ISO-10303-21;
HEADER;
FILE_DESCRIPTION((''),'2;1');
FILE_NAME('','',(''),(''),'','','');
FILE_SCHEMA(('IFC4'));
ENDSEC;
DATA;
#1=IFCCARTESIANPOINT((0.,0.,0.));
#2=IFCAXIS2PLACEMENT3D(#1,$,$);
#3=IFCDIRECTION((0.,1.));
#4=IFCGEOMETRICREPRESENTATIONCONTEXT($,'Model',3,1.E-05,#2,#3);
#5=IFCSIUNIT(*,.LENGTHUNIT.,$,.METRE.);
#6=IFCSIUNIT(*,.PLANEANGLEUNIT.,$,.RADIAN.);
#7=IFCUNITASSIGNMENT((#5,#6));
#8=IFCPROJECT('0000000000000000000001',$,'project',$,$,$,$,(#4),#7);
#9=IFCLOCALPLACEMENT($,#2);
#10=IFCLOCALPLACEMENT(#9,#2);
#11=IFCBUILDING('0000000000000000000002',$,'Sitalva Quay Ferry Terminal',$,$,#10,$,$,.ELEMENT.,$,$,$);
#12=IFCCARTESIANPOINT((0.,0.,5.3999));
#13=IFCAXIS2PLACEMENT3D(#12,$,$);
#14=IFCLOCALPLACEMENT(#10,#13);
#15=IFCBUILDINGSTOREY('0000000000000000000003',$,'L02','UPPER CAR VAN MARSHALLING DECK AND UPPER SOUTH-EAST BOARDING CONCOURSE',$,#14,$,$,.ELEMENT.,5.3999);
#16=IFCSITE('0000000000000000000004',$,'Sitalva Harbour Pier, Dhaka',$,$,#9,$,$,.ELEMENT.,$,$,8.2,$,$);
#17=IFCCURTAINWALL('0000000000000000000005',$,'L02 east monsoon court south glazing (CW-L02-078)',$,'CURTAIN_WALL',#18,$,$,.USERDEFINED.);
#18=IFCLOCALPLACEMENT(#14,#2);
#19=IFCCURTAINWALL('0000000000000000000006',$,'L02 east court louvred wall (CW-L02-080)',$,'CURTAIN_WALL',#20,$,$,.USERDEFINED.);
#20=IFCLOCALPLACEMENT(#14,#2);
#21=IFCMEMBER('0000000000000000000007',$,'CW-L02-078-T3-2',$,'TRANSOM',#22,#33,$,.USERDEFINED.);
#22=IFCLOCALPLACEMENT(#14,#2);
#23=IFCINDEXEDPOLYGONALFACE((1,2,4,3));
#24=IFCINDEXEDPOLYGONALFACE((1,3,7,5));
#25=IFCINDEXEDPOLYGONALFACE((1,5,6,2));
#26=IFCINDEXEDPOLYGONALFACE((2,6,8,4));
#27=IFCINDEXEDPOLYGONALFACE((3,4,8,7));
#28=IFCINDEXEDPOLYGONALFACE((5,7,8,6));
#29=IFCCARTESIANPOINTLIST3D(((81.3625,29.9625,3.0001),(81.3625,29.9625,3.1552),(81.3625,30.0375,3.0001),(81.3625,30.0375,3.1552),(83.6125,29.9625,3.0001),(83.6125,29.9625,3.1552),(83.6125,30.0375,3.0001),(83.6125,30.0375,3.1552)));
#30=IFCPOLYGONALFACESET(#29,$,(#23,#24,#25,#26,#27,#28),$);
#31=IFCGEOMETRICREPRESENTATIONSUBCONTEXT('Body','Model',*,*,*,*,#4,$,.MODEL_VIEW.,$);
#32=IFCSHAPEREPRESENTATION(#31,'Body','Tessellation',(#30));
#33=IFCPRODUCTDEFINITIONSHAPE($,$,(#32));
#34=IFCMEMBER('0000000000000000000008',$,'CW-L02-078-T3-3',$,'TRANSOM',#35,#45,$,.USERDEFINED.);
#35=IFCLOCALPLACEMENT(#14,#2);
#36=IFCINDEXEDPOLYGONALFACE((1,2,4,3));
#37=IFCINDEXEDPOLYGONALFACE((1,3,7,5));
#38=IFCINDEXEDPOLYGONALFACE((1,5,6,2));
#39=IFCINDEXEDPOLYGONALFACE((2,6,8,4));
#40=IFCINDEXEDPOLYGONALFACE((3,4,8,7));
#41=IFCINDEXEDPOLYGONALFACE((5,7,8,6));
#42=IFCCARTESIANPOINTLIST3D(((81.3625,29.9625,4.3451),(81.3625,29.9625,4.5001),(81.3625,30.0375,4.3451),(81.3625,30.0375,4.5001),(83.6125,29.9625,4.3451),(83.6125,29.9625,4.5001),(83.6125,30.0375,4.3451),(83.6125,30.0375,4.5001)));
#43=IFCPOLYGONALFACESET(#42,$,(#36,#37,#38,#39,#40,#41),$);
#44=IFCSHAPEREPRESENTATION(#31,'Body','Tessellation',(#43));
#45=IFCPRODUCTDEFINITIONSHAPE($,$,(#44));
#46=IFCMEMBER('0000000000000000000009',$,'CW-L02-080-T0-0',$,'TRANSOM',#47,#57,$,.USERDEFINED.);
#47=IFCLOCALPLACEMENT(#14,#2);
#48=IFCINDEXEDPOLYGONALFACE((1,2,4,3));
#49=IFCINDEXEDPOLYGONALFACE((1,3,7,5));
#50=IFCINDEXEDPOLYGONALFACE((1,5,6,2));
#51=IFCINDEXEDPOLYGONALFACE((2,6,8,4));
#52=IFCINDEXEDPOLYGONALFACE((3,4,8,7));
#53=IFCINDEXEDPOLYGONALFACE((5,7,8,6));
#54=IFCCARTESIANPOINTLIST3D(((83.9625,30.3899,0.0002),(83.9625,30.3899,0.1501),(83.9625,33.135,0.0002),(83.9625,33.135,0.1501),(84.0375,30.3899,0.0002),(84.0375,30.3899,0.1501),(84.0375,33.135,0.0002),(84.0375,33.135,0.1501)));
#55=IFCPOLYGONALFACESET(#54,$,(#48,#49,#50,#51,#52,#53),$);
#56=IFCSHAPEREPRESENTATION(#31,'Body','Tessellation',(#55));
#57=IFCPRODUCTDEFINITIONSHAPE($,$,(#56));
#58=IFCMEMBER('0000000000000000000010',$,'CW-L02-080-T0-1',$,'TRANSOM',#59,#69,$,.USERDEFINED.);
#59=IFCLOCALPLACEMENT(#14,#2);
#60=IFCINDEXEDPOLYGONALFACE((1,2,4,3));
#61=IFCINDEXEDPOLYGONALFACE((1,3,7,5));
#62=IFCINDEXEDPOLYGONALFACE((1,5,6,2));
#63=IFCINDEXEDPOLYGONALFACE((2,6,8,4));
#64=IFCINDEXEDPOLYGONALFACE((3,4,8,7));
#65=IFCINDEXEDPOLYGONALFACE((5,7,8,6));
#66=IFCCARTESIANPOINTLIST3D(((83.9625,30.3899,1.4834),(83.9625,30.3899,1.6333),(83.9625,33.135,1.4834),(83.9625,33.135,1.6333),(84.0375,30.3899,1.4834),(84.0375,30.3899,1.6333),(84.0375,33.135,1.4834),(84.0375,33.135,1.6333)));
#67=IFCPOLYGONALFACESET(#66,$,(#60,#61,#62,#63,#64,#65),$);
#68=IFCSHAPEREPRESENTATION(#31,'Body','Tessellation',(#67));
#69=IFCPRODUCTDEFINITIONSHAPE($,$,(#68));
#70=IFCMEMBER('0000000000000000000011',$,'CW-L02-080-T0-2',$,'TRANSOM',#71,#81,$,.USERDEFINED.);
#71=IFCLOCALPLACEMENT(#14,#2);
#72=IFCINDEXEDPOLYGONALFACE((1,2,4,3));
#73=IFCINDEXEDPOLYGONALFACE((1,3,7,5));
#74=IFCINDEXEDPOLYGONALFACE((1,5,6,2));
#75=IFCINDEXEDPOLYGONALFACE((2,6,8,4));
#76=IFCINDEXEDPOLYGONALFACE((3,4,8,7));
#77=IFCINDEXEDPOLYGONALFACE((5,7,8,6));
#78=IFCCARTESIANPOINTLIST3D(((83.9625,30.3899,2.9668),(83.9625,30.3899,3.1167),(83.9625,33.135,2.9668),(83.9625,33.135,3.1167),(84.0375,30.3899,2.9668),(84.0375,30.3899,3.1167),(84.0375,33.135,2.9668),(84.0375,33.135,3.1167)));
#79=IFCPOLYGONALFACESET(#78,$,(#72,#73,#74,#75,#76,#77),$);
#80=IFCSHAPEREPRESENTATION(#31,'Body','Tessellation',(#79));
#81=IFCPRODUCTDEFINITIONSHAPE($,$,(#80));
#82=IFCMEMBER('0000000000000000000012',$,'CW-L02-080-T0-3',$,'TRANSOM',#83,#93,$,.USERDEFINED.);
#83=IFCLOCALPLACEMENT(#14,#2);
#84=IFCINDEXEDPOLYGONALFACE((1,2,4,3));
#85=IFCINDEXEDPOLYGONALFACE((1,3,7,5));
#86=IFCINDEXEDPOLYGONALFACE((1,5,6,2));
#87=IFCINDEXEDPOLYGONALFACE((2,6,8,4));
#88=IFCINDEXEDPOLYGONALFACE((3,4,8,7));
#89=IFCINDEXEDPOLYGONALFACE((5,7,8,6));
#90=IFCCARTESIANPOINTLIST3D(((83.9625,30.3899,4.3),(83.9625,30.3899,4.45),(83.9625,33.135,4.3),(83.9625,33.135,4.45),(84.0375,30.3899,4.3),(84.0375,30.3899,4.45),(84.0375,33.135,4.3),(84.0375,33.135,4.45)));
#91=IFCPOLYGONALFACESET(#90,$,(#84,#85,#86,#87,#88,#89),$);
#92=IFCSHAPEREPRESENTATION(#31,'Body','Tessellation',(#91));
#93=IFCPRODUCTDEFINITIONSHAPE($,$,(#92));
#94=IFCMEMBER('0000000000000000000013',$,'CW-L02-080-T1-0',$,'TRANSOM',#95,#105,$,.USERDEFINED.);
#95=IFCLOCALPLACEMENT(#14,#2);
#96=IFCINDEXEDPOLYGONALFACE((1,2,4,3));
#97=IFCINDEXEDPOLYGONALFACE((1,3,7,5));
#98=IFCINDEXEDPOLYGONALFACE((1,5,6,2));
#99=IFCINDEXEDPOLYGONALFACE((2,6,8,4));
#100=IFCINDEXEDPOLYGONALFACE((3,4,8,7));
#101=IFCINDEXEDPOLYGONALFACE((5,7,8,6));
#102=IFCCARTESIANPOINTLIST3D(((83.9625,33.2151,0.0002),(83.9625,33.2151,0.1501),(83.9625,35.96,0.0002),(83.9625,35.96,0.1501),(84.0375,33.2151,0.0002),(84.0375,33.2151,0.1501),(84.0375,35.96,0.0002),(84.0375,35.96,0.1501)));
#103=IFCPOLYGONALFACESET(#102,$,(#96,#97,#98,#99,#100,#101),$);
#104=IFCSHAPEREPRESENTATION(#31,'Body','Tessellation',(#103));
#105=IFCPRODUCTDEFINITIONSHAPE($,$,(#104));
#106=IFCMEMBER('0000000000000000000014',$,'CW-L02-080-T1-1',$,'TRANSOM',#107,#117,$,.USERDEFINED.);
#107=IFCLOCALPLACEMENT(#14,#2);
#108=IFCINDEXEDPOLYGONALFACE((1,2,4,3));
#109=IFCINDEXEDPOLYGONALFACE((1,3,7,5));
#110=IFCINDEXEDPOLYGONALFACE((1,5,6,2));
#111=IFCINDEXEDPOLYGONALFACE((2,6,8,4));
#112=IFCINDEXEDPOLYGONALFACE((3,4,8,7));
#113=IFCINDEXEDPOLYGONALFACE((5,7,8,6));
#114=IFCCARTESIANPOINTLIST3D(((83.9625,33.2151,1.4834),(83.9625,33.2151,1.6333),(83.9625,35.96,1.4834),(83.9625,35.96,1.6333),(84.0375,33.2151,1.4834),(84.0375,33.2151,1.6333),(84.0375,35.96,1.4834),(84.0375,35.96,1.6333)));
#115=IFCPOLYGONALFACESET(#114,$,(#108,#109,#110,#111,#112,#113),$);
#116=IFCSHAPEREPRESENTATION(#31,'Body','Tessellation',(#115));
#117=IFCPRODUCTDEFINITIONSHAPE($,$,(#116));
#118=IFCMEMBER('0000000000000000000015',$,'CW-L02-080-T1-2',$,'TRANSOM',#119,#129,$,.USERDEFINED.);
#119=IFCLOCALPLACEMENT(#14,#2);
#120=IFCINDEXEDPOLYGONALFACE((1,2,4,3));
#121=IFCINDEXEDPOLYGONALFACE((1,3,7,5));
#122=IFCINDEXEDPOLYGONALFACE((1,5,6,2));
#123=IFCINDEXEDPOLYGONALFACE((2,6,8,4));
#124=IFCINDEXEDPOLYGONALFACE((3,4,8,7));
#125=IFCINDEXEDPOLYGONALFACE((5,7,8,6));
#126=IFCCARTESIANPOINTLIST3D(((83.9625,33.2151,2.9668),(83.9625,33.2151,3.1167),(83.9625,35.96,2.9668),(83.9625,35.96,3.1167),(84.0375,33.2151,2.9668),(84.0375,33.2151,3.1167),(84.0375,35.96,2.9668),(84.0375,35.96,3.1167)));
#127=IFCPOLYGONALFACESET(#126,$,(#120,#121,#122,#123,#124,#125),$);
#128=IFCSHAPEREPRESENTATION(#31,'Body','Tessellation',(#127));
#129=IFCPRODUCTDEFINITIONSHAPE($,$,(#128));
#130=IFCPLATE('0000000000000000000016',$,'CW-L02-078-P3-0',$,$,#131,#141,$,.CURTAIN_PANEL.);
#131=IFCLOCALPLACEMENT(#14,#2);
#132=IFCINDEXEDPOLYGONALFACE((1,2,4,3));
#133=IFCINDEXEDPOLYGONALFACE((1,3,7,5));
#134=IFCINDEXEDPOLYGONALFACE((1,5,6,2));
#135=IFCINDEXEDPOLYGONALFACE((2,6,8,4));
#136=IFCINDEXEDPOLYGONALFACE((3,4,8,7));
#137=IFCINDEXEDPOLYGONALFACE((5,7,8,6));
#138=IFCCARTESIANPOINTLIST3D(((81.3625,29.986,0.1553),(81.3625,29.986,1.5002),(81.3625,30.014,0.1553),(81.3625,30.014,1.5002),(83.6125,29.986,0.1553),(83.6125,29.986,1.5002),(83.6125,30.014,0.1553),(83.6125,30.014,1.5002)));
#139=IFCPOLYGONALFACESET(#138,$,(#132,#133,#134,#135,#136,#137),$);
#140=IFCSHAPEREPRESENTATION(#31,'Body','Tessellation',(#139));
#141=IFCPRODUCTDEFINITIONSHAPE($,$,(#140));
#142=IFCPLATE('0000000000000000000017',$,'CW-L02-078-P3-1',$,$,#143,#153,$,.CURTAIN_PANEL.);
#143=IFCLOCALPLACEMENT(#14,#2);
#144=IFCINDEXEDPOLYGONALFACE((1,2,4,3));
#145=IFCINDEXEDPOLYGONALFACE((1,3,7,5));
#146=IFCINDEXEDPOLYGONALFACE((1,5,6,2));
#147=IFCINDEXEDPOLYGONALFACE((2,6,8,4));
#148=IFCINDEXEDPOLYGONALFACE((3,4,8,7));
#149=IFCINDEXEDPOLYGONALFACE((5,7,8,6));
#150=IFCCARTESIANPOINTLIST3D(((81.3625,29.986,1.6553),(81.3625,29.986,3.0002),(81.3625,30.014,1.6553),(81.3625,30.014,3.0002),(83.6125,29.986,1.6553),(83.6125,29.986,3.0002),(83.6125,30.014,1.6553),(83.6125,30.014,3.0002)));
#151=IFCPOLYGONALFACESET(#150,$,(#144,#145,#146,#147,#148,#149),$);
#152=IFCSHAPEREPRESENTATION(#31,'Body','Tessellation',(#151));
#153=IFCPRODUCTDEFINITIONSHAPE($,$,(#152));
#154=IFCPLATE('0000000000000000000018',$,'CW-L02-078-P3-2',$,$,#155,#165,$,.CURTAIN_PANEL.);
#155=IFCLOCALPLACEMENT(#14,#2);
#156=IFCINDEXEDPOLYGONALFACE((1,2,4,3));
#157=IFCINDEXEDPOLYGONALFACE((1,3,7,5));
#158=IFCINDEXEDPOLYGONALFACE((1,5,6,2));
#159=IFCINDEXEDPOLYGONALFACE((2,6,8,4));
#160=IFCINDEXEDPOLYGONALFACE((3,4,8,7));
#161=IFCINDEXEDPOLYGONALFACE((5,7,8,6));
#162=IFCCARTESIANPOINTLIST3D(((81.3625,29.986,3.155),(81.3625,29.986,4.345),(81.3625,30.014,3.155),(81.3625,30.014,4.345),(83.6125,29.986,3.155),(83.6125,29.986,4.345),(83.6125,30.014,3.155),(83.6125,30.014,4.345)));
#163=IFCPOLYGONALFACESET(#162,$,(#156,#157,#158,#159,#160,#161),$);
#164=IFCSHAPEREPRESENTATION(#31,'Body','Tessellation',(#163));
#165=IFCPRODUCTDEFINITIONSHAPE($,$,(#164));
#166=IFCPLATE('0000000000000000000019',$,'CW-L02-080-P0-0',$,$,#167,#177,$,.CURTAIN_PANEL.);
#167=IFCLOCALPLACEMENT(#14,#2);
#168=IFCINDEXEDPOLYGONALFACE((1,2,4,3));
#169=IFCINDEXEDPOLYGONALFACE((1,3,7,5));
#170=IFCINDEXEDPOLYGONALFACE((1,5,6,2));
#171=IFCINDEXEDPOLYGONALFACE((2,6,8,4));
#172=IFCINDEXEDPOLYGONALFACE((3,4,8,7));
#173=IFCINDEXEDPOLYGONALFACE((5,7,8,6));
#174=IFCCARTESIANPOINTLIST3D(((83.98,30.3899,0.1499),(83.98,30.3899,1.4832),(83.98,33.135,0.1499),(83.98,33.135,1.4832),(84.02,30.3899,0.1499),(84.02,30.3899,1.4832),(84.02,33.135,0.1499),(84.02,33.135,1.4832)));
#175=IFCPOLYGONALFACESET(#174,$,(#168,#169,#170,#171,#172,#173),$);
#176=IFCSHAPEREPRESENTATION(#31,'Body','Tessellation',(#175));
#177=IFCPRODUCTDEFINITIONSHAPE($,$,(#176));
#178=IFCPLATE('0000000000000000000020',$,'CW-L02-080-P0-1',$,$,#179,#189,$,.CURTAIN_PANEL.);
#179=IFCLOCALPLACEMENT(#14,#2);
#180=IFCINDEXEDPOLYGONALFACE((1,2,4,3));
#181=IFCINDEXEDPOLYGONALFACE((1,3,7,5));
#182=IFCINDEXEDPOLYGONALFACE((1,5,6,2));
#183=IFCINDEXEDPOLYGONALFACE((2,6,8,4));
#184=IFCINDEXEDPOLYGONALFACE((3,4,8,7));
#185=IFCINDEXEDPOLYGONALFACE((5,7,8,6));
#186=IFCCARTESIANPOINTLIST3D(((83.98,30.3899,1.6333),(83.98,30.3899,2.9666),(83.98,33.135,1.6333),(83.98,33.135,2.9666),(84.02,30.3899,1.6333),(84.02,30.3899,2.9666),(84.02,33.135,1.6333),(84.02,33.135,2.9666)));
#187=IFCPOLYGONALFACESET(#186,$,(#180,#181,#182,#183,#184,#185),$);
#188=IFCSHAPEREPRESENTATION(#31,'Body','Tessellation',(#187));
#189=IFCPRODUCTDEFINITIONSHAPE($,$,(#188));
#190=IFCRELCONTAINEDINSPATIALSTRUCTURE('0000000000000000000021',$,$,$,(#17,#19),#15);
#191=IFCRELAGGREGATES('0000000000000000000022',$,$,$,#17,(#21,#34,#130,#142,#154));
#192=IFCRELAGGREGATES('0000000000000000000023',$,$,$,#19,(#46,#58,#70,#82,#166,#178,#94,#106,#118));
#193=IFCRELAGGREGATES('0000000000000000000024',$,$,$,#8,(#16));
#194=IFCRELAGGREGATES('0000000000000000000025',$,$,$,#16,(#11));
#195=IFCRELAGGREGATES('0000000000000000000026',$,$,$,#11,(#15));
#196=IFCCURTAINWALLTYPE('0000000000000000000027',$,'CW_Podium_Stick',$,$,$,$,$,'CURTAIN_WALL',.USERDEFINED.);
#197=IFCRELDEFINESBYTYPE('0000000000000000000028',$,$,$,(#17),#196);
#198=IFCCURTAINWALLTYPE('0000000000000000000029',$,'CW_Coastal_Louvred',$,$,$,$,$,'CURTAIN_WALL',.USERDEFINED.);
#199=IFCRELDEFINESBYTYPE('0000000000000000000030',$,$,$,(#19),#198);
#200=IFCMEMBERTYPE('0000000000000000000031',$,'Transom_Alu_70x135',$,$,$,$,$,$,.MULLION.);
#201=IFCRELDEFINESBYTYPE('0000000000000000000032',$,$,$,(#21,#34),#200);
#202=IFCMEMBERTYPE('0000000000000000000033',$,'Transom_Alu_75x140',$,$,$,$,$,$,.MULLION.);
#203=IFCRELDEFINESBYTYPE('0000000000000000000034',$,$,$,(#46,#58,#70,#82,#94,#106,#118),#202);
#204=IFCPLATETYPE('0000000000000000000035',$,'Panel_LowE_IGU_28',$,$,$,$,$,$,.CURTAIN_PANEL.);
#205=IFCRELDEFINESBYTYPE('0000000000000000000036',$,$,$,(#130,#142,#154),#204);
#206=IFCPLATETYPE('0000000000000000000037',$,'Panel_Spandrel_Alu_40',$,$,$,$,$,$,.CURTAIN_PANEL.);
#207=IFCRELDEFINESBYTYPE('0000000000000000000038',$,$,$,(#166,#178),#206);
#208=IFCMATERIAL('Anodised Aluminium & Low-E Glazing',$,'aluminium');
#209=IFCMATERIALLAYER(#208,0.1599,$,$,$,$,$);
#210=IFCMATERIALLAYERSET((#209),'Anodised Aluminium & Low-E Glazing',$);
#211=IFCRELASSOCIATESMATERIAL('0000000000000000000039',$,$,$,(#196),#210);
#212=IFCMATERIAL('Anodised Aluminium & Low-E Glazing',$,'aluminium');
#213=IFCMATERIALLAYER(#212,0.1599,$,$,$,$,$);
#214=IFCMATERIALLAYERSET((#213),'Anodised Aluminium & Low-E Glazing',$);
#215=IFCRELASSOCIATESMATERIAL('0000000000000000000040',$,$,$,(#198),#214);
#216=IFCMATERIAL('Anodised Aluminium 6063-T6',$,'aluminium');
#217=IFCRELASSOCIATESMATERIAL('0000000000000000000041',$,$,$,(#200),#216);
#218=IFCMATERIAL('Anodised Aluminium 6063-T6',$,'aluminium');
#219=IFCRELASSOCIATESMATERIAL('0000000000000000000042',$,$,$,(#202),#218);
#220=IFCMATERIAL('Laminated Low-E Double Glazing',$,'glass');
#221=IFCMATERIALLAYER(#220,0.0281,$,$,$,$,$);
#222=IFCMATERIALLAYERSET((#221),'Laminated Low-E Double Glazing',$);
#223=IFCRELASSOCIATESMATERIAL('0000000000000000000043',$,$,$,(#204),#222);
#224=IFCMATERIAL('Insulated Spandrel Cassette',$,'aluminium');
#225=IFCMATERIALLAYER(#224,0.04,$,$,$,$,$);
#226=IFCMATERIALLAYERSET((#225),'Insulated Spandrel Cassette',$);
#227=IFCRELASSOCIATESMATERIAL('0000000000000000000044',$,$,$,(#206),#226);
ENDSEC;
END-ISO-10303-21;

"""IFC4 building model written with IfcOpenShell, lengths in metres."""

from ifc_helpers import new_model, si_unit, direction, frame, origin, origin_2d, place, context, subcontext, project, spatial, rectangle, extrude, material, layer, layer_set, material_profile, profile_set, type_object, element, aggregate, save


model = new_model("IFC4")

# Units and contexts
model_context = context("Model", 3, precision=1e-05, world=origin(), true_north=direction((0.0, 1.0)))
body_context = subcontext(model_context, "Body", "Model", "MODEL_VIEW")
ifc_project = project(units=[si_unit("LENGTHUNIT", "METRE"), si_unit("PLANEANGLEUNIT", "RADIAN")], contexts=[model_context])

# Site, building, storey
site_placement = place(None, origin())
site = spatial("IfcSite", under=ifc_project, at=site_placement, Name="Sitalva Harbour Pier, Dhaka", CompositionType="ELEMENT", RefElevation=8.2)
building_placement = place(site_placement, origin())
building = spatial("IfcBuilding", under=site, at=building_placement, Name="Sitalva Quay Ferry Terminal", CompositionType="ELEMENT")
storey_placement = place(building_placement, frame((0.0, 0.0, 5.3999)))
storey = spatial("IfcBuildingStorey", under=building, at=storey_placement, Name="L02", Description="UPPER CAR VAN MARSHALLING DECK AND UPPER SOUTH-EAST BOARDING CONCOURSE", CompositionType="ELEMENT", Elevation=5.3999)

# Curtain wall
ifc_material_1 = material(Name="Anodised Aluminium & Low-E Glazing", Category="aluminium")
ifc_layer_1 = layer(ifc_material_1, 0.1599)
ifc_layer_set_1 = layer_set([ifc_layer_1], Name="Anodised Aluminium & Low-E Glazing")
curtain_wall_type_1 = type_object("IfcCurtainWallType", Name="CW_Podium_Stick", ElementType="CURTAIN_WALL", PredefinedType="USERDEFINED", material=ifc_layer_set_1)
curtain_wall_1_placement = place(storey_placement, origin())
curtain_wall_1 = element("IfcCurtainWall", 1, at=curtain_wall_1_placement, inside=storey, type_object=curtain_wall_type_1, Name="L02 east monsoon court south glazing (CW-L02-078)", ObjectType="CURTAIN_WALL", PredefinedType="USERDEFINED")

# Curtain wall
ifc_material_2 = material(Name="Anodised Aluminium & Low-E Glazing", Category="aluminium")
ifc_layer_2 = layer(ifc_material_2, 0.1599)
ifc_layer_set_2 = layer_set([ifc_layer_2], Name="Anodised Aluminium & Low-E Glazing")
curtain_wall_type_2 = type_object("IfcCurtainWallType", Name="CW_Coastal_Louvred", ElementType="CURTAIN_WALL", PredefinedType="USERDEFINED", material=ifc_layer_set_2)
curtain_wall_2_placement = place(storey_placement, origin())
curtain_wall_2 = element("IfcCurtainWall", 2, at=curtain_wall_2_placement, inside=storey, type_object=curtain_wall_type_2, Name="L02 east court louvred wall (CW-L02-080)", ObjectType="CURTAIN_WALL", PredefinedType="USERDEFINED")

# Members
ifc_material_3 = material(Name="Anodised Aluminium 6063-T6", Category="aluminium")
ifc_material_profile_1 = material_profile(ifc_material_3, rectangle(XDim=0.075, YDim=0.155, at=origin_2d()), Name="ALU75x155")
ifc_profile_set_1 = profile_set([ifc_material_profile_1], Name="Anodised Aluminium 6063-T6")
member_type_1 = type_object("IfcMemberType", Name="Transom_Alu_70x135", PredefinedType="MULLION", material=ifc_profile_set_1)
member_1_placement = place(storey_placement, frame((81.3625, 30.0, 3.0776), z_axis=(1.0, 0.0, 0.0), x_axis=(0.0, 1.0, 0.0)))
member_1 = element("IfcMember", 3, at=member_1_placement, type_object=member_type_1, Name="CW-L02-078-T3-2", ObjectType="TRANSOM", PredefinedType="USERDEFINED", context=body_context, shape_type="SweptSolid", body=[
    extrude(rectangle(XDim=0.075, YDim=0.155, at=origin_2d()), origin(), (0.0, 0.0, 1.0), 2.25),
])
member_2_placement = place(storey_placement, frame((81.3625, 30.0, 4.4226), z_axis=(1.0, 0.0, 0.0), x_axis=(0.0, 1.0, 0.0)))
member_2 = element("IfcMember", 4, at=member_2_placement, type_object=member_type_1, Name="CW-L02-078-T3-3", ObjectType="TRANSOM", PredefinedType="USERDEFINED", context=body_context, shape_type="SweptSolid", body=[
    extrude(rectangle(XDim=0.075, YDim=0.155, at=origin_2d()), origin(), (0.0, 0.0, 1.0), 2.25),
])
ifc_material_4 = material(Name="Anodised Aluminium 6063-T6", Category="aluminium")
ifc_material_profile_2 = material_profile(ifc_material_4, rectangle(XDim=0.075, YDim=0.1499, at=origin_2d()), Name="ALU75x150")
ifc_profile_set_2 = profile_set([ifc_material_profile_2], Name="Anodised Aluminium 6063-T6")
member_type_2 = type_object("IfcMemberType", Name="Transom_Alu_75x140", PredefinedType="MULLION", material=ifc_profile_set_2)
member_3_placement = place(storey_placement, frame((84.0, 30.3899, 0.0752), z_axis=(0.0, 1.0, 0.0), x_axis=(-1.0, 0.0, 0.0)))
member_3 = element("IfcMember", 5, at=member_3_placement, type_object=member_type_2, Name="CW-L02-080-T0-0", ObjectType="TRANSOM", PredefinedType="USERDEFINED", context=body_context, shape_type="SweptSolid", body=[
    extrude(rectangle(XDim=0.075, YDim=0.1499, at=origin_2d()), origin(), (0.0, 0.0, 1.0), 2.7451),
])
member_4_placement = place(storey_placement, frame((84.0, 30.3899, 1.5583), z_axis=(0.0, 1.0, 0.0), x_axis=(-1.0, 0.0, 0.0)))
member_4 = element("IfcMember", 6, at=member_4_placement, type_object=member_type_2, Name="CW-L02-080-T0-1", ObjectType="TRANSOM", PredefinedType="USERDEFINED", context=body_context, shape_type="SweptSolid", body=[
    extrude(rectangle(XDim=0.075, YDim=0.1499, at=origin_2d()), origin(), (0.0, 0.0, 1.0), 2.7451),
])
member_5_placement = place(storey_placement, frame((84.0, 30.3899, 3.0417), z_axis=(0.0, 1.0, 0.0), x_axis=(-1.0, 0.0, 0.0)))
member_5 = element("IfcMember", 7, at=member_5_placement, type_object=member_type_2, Name="CW-L02-080-T0-2", ObjectType="TRANSOM", PredefinedType="USERDEFINED", context=body_context, shape_type="SweptSolid", body=[
    extrude(rectangle(XDim=0.075, YDim=0.1499, at=origin_2d()), origin(), (0.0, 0.0, 1.0), 2.7451),
])
member_6_placement = place(storey_placement, frame((84.0, 30.3899, 4.375), z_axis=(0.0, 1.0, 0.0), x_axis=(-1.0, 0.0, 0.0)))
member_6 = element("IfcMember", 8, at=member_6_placement, type_object=member_type_2, Name="CW-L02-080-T0-3", ObjectType="TRANSOM", PredefinedType="USERDEFINED", context=body_context, shape_type="SweptSolid", body=[
    extrude(rectangle(XDim=0.075, YDim=0.1499, at=origin_2d()), origin(), (0.0, 0.0, 1.0), 2.7451),
])
member_7_placement = place(storey_placement, frame((84.0, 33.2151, 0.0752), z_axis=(0.0, 1.0, 0.0), x_axis=(-1.0, 0.0, 0.0)))
member_7 = element("IfcMember", 9, at=member_7_placement, type_object=member_type_2, Name="CW-L02-080-T1-0", ObjectType="TRANSOM", PredefinedType="USERDEFINED", context=body_context, shape_type="SweptSolid", body=[
    extrude(rectangle(XDim=0.075, YDim=0.1499, at=origin_2d()), origin(), (0.0, 0.0, 1.0), 2.7449),
])
member_8_placement = place(storey_placement, frame((84.0, 33.2151, 1.5583), z_axis=(0.0, 1.0, 0.0), x_axis=(-1.0, 0.0, 0.0)))
member_8 = element("IfcMember", 10, at=member_8_placement, type_object=member_type_2, Name="CW-L02-080-T1-1", ObjectType="TRANSOM", PredefinedType="USERDEFINED", context=body_context, shape_type="SweptSolid", body=[
    extrude(rectangle(XDim=0.075, YDim=0.1499, at=origin_2d()), origin(), (0.0, 0.0, 1.0), 2.7449),
])
member_9_placement = place(storey_placement, frame((84.0, 33.2151, 3.0417), z_axis=(0.0, 1.0, 0.0), x_axis=(-1.0, 0.0, 0.0)))
member_9 = element("IfcMember", 11, at=member_9_placement, type_object=member_type_2, Name="CW-L02-080-T1-2", ObjectType="TRANSOM", PredefinedType="USERDEFINED", context=body_context, shape_type="SweptSolid", body=[
    extrude(rectangle(XDim=0.075, YDim=0.1499, at=origin_2d()), origin(), (0.0, 0.0, 1.0), 2.7449),
])

# Plates
ifc_material_5 = material(Name="Laminated Low-E Double Glazing", Category="glass")
ifc_layer_3 = layer(ifc_material_5, 0.0281)
ifc_layer_set_3 = layer_set([ifc_layer_3], Name="Laminated Low-E Double Glazing")
plate_type_1 = type_object("IfcPlateType", Name="Panel_LowE_IGU_28", PredefinedType="CURTAIN_PANEL", material=ifc_layer_set_3)
plate_1_placement = place(storey_placement, frame((82.4875, 30.0, 0.1553), z_axis=(0.0, 0.0, 1.0), x_axis=(1.0, 0.0, 0.0)))
plate_1 = element("IfcPlate", 12, at=plate_1_placement, type_object=plate_type_1, Name="CW-L02-078-P3-0", PredefinedType="CURTAIN_PANEL", context=body_context, shape_type="SweptSolid", body=[
    extrude(rectangle(XDim=2.25, YDim=0.0281, at=origin_2d()), origin(), (0.0, 0.0, 1.0), 1.345),
])
plate_2_placement = place(storey_placement, frame((82.4875, 30.0, 1.6553), z_axis=(0.0, 0.0, 1.0), x_axis=(1.0, 0.0, 0.0)))
plate_2 = element("IfcPlate", 13, at=plate_2_placement, type_object=plate_type_1, Name="CW-L02-078-P3-1", PredefinedType="CURTAIN_PANEL", context=body_context, shape_type="SweptSolid", body=[
    extrude(rectangle(XDim=2.25, YDim=0.0281, at=origin_2d()), origin(), (0.0, 0.0, 1.0), 1.345),
])
plate_3_placement = place(storey_placement, frame((82.4875, 30.0, 3.155), z_axis=(0.0, 0.0, 1.0), x_axis=(1.0, 0.0, 0.0)))
plate_3 = element("IfcPlate", 14, at=plate_3_placement, type_object=plate_type_1, Name="CW-L02-078-P3-2", PredefinedType="CURTAIN_PANEL", context=body_context, shape_type="SweptSolid", body=[
    extrude(rectangle(XDim=2.25, YDim=0.0281, at=origin_2d()), origin(), (0.0, 0.0, 1.0), 1.1899),
])
aggregate(curtain_wall_1, [member_1, member_2, plate_1, plate_2, plate_3])
ifc_material_6 = material(Name="Insulated Spandrel Cassette", Category="aluminium")
ifc_layer_4 = layer(ifc_material_6, 0.04)
ifc_layer_set_4 = layer_set([ifc_layer_4], Name="Insulated Spandrel Cassette")
plate_type_2 = type_object("IfcPlateType", Name="Panel_Spandrel_Alu_40", PredefinedType="CURTAIN_PANEL", material=ifc_layer_set_4)
plate_4_placement = place(storey_placement, frame((84.0, 31.7625, 0.1499), z_axis=(0.0, 0.0, 1.0), x_axis=(0.0, 1.0, 0.0)))
plate_4 = element("IfcPlate", 15, at=plate_4_placement, type_object=plate_type_2, Name="CW-L02-080-P0-0", PredefinedType="CURTAIN_PANEL", context=body_context, shape_type="SweptSolid", body=[
    extrude(rectangle(XDim=2.7451, YDim=0.04, at=origin_2d()), origin(), (0.0, 0.0, 1.0), 1.3333),
])
plate_5_placement = place(storey_placement, frame((84.0, 31.7625, 1.6333), z_axis=(0.0, 0.0, 1.0), x_axis=(0.0, 1.0, 0.0)))
plate_5 = element("IfcPlate", 16, at=plate_5_placement, type_object=plate_type_2, Name="CW-L02-080-P0-1", PredefinedType="CURTAIN_PANEL", context=body_context, shape_type="SweptSolid", body=[
    extrude(rectangle(XDim=2.7451, YDim=0.04, at=origin_2d()), origin(), (0.0, 0.0, 1.0), 1.3333),
])
aggregate(curtain_wall_2, [member_3, member_4, member_5, member_6, plate_4, plate_5, member_7, member_8, member_9])

save(model, "model.ifc")
